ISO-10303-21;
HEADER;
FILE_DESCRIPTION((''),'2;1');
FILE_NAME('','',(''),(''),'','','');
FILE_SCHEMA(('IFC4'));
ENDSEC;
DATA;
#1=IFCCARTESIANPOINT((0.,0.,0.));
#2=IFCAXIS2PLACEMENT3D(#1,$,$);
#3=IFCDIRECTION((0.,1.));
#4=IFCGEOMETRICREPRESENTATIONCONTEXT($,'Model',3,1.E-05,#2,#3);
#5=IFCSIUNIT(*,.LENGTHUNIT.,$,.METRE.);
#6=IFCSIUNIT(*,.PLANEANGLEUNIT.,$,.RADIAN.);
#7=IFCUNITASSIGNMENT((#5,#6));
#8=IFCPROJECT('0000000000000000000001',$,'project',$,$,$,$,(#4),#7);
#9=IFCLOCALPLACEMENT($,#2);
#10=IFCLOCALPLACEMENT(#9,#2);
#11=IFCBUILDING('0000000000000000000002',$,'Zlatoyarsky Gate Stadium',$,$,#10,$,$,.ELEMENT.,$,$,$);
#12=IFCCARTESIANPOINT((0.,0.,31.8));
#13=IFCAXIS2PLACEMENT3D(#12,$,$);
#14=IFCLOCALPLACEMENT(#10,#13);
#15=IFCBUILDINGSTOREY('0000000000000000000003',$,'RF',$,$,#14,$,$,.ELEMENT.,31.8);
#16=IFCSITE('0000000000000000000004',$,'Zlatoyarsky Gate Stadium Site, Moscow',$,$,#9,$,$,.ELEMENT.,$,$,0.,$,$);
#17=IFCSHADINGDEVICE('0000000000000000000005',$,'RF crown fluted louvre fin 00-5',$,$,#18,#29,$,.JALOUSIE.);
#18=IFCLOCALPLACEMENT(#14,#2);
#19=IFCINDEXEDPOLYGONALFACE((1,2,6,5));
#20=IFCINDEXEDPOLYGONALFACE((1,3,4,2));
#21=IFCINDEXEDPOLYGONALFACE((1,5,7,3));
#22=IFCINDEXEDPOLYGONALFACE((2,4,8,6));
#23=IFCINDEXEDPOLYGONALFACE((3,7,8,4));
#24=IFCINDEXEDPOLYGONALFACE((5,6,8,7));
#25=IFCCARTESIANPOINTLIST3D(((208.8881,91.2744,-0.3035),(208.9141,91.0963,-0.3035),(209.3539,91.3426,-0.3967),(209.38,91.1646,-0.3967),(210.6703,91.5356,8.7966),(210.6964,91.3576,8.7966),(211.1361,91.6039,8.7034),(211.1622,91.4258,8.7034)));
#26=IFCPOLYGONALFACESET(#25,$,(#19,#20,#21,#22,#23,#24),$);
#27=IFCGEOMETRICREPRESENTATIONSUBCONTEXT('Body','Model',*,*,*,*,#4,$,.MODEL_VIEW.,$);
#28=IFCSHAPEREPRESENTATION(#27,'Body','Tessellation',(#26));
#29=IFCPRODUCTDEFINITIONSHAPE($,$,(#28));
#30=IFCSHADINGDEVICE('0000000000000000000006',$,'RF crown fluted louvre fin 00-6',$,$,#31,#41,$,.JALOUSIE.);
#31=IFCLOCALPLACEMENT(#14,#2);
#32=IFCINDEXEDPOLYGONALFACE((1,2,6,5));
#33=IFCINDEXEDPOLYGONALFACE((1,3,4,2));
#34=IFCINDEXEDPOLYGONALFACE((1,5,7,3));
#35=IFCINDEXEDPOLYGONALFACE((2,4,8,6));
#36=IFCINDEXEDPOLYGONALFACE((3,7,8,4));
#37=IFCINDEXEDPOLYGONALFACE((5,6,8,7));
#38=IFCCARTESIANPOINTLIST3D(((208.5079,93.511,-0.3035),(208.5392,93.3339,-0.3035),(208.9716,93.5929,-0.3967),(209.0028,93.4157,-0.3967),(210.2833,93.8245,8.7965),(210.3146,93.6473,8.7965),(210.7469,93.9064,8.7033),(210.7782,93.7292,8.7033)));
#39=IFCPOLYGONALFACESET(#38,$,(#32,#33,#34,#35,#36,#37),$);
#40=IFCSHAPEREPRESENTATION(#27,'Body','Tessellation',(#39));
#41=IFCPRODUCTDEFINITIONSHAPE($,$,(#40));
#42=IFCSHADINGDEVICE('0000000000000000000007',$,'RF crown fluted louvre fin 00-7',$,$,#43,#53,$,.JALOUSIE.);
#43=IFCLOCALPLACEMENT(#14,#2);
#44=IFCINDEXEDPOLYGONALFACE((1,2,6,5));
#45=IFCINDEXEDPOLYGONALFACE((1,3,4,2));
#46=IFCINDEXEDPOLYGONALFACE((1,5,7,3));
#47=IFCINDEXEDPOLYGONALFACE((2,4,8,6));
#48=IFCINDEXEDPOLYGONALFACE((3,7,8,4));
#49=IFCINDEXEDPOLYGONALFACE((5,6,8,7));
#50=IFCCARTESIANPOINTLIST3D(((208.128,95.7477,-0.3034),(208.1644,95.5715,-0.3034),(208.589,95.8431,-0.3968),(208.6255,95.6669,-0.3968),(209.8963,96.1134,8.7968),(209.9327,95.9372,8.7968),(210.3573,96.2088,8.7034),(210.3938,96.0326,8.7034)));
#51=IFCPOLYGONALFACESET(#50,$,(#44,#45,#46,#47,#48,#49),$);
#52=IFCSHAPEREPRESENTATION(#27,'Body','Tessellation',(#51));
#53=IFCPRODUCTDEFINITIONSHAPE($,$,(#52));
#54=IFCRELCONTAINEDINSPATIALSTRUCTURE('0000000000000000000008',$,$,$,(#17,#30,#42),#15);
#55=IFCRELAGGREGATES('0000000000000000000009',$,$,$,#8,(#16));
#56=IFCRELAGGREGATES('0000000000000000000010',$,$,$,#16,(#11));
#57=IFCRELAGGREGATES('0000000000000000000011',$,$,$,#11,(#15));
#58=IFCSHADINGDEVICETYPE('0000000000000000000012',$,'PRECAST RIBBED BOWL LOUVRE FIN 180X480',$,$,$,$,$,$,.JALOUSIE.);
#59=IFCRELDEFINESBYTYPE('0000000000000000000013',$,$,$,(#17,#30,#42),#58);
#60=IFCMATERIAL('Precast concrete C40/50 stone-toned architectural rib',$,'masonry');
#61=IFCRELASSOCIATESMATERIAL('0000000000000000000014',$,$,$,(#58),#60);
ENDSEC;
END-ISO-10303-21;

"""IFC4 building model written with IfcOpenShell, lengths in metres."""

from ifc_helpers import new_model, si_unit, direction, frame, origin, origin_2d, place, context, subcontext, project, spatial, rectangle, extrude, material, material_profile, profile_set, type_object, element, save


model = new_model("IFC4")

# Units and contexts
model_context = context("Model", 3, precision=1e-05, world=origin(), true_north=direction((0.0, 1.0)))
body_context = subcontext(model_context, "Body", "Model", "MODEL_VIEW")
ifc_project = project(units=[si_unit("LENGTHUNIT", "METRE"), si_unit("PLANEANGLEUNIT", "RADIAN")], contexts=[model_context])

# Site, building, storey
site_placement = place(None, origin())
site = spatial("IfcSite", under=ifc_project, at=site_placement, Name="Zlatoyarsky Gate Stadium Site, Moscow", CompositionType="ELEMENT", RefElevation=0.0)
building_placement = place(site_placement, origin())
building = spatial("IfcBuilding", under=site, at=building_placement, Name="Zlatoyarsky Gate Stadium", CompositionType="ELEMENT")
storey_placement = place(building_placement, frame((0.0, 0.0, 31.8)))
storey = spatial("IfcBuildingStorey", under=building, at=storey_placement, Name="RF", CompositionType="ELEMENT", Elevation=31.8)

# Shading devices
ifc_material_1 = material(Name="Precast concrete C40/50 stone-toned architectural rib", Category="masonry")
ifc_material_profile_1 = material_profile(ifc_material_1, rectangle(XDim=0.1799, YDim=0.48, at=origin_2d()), Name="RIB 180X480")
ifc_profile_set_1 = profile_set([ifc_material_profile_1], Name="Precast concrete C40/50 stone-toned architectural rib")
shading_device_type = type_object("IfcShadingDeviceType", Name="PRECAST RIBBED BOWL LOUVRE FIN 180X480", PredefinedType="JALOUSIE", material=ifc_profile_set_1)
shading_device_1_placement = place(storey_placement, frame((209.134, 91.2195, -0.3501), z_axis=(0.19212, 0.02816, 0.980967), x_axis=(-0.145026, 0.989428, 0.0)))
element("IfcShadingDevice", 1, at=shading_device_1_placement, inside=storey, type_object=shading_device_type, Name="RF crown fluted louvre fin 00-5", PredefinedType="JALOUSIE", context=body_context, shape_type="SweptSolid", body=[
    extrude(rectangle(XDim=0.1799, YDim=0.48, at=origin_2d()), origin(), (0.0, 0.0, 1.0), 9.2766),
])
shading_device_2_placement = place(storey_placement, frame((208.7554, 93.4634, -0.3501), z_axis=(0.191376, 0.033791, 0.980935), x_axis=(-0.173878, 0.984767, 0.0)))
element("IfcShadingDevice", 2, at=shading_device_2_placement, inside=storey, type_object=shading_device_type, Name="RF crown fluted louvre fin 00-6", PredefinedType="JALOUSIE", context=body_context, shape_type="SweptSolid", body=[
    extrude(rectangle(XDim=0.1799, YDim=0.48, at=origin_2d()), origin(), (0.0, 0.0, 1.0), 9.2769),
])
shading_device_3_placement = place(storey_placement, frame((208.3767, 95.7073, -0.3501), z_axis=(0.190602, 0.03942, 0.980876), x_axis=(-0.202534, 0.979275, 0.0)))
element("IfcShadingDevice", 3, at=shading_device_3_placement, inside=storey, type_object=shading_device_type, Name="RF crown fluted louvre fin 00-7", PredefinedType="JALOUSIE", context=body_context, shape_type="SweptSolid", body=[
    extrude(rectangle(XDim=0.1799, YDim=0.48, at=origin_2d()), origin(), (0.0, 0.0, 1.0), 9.2776),
])

save(model, "model.ifc")
